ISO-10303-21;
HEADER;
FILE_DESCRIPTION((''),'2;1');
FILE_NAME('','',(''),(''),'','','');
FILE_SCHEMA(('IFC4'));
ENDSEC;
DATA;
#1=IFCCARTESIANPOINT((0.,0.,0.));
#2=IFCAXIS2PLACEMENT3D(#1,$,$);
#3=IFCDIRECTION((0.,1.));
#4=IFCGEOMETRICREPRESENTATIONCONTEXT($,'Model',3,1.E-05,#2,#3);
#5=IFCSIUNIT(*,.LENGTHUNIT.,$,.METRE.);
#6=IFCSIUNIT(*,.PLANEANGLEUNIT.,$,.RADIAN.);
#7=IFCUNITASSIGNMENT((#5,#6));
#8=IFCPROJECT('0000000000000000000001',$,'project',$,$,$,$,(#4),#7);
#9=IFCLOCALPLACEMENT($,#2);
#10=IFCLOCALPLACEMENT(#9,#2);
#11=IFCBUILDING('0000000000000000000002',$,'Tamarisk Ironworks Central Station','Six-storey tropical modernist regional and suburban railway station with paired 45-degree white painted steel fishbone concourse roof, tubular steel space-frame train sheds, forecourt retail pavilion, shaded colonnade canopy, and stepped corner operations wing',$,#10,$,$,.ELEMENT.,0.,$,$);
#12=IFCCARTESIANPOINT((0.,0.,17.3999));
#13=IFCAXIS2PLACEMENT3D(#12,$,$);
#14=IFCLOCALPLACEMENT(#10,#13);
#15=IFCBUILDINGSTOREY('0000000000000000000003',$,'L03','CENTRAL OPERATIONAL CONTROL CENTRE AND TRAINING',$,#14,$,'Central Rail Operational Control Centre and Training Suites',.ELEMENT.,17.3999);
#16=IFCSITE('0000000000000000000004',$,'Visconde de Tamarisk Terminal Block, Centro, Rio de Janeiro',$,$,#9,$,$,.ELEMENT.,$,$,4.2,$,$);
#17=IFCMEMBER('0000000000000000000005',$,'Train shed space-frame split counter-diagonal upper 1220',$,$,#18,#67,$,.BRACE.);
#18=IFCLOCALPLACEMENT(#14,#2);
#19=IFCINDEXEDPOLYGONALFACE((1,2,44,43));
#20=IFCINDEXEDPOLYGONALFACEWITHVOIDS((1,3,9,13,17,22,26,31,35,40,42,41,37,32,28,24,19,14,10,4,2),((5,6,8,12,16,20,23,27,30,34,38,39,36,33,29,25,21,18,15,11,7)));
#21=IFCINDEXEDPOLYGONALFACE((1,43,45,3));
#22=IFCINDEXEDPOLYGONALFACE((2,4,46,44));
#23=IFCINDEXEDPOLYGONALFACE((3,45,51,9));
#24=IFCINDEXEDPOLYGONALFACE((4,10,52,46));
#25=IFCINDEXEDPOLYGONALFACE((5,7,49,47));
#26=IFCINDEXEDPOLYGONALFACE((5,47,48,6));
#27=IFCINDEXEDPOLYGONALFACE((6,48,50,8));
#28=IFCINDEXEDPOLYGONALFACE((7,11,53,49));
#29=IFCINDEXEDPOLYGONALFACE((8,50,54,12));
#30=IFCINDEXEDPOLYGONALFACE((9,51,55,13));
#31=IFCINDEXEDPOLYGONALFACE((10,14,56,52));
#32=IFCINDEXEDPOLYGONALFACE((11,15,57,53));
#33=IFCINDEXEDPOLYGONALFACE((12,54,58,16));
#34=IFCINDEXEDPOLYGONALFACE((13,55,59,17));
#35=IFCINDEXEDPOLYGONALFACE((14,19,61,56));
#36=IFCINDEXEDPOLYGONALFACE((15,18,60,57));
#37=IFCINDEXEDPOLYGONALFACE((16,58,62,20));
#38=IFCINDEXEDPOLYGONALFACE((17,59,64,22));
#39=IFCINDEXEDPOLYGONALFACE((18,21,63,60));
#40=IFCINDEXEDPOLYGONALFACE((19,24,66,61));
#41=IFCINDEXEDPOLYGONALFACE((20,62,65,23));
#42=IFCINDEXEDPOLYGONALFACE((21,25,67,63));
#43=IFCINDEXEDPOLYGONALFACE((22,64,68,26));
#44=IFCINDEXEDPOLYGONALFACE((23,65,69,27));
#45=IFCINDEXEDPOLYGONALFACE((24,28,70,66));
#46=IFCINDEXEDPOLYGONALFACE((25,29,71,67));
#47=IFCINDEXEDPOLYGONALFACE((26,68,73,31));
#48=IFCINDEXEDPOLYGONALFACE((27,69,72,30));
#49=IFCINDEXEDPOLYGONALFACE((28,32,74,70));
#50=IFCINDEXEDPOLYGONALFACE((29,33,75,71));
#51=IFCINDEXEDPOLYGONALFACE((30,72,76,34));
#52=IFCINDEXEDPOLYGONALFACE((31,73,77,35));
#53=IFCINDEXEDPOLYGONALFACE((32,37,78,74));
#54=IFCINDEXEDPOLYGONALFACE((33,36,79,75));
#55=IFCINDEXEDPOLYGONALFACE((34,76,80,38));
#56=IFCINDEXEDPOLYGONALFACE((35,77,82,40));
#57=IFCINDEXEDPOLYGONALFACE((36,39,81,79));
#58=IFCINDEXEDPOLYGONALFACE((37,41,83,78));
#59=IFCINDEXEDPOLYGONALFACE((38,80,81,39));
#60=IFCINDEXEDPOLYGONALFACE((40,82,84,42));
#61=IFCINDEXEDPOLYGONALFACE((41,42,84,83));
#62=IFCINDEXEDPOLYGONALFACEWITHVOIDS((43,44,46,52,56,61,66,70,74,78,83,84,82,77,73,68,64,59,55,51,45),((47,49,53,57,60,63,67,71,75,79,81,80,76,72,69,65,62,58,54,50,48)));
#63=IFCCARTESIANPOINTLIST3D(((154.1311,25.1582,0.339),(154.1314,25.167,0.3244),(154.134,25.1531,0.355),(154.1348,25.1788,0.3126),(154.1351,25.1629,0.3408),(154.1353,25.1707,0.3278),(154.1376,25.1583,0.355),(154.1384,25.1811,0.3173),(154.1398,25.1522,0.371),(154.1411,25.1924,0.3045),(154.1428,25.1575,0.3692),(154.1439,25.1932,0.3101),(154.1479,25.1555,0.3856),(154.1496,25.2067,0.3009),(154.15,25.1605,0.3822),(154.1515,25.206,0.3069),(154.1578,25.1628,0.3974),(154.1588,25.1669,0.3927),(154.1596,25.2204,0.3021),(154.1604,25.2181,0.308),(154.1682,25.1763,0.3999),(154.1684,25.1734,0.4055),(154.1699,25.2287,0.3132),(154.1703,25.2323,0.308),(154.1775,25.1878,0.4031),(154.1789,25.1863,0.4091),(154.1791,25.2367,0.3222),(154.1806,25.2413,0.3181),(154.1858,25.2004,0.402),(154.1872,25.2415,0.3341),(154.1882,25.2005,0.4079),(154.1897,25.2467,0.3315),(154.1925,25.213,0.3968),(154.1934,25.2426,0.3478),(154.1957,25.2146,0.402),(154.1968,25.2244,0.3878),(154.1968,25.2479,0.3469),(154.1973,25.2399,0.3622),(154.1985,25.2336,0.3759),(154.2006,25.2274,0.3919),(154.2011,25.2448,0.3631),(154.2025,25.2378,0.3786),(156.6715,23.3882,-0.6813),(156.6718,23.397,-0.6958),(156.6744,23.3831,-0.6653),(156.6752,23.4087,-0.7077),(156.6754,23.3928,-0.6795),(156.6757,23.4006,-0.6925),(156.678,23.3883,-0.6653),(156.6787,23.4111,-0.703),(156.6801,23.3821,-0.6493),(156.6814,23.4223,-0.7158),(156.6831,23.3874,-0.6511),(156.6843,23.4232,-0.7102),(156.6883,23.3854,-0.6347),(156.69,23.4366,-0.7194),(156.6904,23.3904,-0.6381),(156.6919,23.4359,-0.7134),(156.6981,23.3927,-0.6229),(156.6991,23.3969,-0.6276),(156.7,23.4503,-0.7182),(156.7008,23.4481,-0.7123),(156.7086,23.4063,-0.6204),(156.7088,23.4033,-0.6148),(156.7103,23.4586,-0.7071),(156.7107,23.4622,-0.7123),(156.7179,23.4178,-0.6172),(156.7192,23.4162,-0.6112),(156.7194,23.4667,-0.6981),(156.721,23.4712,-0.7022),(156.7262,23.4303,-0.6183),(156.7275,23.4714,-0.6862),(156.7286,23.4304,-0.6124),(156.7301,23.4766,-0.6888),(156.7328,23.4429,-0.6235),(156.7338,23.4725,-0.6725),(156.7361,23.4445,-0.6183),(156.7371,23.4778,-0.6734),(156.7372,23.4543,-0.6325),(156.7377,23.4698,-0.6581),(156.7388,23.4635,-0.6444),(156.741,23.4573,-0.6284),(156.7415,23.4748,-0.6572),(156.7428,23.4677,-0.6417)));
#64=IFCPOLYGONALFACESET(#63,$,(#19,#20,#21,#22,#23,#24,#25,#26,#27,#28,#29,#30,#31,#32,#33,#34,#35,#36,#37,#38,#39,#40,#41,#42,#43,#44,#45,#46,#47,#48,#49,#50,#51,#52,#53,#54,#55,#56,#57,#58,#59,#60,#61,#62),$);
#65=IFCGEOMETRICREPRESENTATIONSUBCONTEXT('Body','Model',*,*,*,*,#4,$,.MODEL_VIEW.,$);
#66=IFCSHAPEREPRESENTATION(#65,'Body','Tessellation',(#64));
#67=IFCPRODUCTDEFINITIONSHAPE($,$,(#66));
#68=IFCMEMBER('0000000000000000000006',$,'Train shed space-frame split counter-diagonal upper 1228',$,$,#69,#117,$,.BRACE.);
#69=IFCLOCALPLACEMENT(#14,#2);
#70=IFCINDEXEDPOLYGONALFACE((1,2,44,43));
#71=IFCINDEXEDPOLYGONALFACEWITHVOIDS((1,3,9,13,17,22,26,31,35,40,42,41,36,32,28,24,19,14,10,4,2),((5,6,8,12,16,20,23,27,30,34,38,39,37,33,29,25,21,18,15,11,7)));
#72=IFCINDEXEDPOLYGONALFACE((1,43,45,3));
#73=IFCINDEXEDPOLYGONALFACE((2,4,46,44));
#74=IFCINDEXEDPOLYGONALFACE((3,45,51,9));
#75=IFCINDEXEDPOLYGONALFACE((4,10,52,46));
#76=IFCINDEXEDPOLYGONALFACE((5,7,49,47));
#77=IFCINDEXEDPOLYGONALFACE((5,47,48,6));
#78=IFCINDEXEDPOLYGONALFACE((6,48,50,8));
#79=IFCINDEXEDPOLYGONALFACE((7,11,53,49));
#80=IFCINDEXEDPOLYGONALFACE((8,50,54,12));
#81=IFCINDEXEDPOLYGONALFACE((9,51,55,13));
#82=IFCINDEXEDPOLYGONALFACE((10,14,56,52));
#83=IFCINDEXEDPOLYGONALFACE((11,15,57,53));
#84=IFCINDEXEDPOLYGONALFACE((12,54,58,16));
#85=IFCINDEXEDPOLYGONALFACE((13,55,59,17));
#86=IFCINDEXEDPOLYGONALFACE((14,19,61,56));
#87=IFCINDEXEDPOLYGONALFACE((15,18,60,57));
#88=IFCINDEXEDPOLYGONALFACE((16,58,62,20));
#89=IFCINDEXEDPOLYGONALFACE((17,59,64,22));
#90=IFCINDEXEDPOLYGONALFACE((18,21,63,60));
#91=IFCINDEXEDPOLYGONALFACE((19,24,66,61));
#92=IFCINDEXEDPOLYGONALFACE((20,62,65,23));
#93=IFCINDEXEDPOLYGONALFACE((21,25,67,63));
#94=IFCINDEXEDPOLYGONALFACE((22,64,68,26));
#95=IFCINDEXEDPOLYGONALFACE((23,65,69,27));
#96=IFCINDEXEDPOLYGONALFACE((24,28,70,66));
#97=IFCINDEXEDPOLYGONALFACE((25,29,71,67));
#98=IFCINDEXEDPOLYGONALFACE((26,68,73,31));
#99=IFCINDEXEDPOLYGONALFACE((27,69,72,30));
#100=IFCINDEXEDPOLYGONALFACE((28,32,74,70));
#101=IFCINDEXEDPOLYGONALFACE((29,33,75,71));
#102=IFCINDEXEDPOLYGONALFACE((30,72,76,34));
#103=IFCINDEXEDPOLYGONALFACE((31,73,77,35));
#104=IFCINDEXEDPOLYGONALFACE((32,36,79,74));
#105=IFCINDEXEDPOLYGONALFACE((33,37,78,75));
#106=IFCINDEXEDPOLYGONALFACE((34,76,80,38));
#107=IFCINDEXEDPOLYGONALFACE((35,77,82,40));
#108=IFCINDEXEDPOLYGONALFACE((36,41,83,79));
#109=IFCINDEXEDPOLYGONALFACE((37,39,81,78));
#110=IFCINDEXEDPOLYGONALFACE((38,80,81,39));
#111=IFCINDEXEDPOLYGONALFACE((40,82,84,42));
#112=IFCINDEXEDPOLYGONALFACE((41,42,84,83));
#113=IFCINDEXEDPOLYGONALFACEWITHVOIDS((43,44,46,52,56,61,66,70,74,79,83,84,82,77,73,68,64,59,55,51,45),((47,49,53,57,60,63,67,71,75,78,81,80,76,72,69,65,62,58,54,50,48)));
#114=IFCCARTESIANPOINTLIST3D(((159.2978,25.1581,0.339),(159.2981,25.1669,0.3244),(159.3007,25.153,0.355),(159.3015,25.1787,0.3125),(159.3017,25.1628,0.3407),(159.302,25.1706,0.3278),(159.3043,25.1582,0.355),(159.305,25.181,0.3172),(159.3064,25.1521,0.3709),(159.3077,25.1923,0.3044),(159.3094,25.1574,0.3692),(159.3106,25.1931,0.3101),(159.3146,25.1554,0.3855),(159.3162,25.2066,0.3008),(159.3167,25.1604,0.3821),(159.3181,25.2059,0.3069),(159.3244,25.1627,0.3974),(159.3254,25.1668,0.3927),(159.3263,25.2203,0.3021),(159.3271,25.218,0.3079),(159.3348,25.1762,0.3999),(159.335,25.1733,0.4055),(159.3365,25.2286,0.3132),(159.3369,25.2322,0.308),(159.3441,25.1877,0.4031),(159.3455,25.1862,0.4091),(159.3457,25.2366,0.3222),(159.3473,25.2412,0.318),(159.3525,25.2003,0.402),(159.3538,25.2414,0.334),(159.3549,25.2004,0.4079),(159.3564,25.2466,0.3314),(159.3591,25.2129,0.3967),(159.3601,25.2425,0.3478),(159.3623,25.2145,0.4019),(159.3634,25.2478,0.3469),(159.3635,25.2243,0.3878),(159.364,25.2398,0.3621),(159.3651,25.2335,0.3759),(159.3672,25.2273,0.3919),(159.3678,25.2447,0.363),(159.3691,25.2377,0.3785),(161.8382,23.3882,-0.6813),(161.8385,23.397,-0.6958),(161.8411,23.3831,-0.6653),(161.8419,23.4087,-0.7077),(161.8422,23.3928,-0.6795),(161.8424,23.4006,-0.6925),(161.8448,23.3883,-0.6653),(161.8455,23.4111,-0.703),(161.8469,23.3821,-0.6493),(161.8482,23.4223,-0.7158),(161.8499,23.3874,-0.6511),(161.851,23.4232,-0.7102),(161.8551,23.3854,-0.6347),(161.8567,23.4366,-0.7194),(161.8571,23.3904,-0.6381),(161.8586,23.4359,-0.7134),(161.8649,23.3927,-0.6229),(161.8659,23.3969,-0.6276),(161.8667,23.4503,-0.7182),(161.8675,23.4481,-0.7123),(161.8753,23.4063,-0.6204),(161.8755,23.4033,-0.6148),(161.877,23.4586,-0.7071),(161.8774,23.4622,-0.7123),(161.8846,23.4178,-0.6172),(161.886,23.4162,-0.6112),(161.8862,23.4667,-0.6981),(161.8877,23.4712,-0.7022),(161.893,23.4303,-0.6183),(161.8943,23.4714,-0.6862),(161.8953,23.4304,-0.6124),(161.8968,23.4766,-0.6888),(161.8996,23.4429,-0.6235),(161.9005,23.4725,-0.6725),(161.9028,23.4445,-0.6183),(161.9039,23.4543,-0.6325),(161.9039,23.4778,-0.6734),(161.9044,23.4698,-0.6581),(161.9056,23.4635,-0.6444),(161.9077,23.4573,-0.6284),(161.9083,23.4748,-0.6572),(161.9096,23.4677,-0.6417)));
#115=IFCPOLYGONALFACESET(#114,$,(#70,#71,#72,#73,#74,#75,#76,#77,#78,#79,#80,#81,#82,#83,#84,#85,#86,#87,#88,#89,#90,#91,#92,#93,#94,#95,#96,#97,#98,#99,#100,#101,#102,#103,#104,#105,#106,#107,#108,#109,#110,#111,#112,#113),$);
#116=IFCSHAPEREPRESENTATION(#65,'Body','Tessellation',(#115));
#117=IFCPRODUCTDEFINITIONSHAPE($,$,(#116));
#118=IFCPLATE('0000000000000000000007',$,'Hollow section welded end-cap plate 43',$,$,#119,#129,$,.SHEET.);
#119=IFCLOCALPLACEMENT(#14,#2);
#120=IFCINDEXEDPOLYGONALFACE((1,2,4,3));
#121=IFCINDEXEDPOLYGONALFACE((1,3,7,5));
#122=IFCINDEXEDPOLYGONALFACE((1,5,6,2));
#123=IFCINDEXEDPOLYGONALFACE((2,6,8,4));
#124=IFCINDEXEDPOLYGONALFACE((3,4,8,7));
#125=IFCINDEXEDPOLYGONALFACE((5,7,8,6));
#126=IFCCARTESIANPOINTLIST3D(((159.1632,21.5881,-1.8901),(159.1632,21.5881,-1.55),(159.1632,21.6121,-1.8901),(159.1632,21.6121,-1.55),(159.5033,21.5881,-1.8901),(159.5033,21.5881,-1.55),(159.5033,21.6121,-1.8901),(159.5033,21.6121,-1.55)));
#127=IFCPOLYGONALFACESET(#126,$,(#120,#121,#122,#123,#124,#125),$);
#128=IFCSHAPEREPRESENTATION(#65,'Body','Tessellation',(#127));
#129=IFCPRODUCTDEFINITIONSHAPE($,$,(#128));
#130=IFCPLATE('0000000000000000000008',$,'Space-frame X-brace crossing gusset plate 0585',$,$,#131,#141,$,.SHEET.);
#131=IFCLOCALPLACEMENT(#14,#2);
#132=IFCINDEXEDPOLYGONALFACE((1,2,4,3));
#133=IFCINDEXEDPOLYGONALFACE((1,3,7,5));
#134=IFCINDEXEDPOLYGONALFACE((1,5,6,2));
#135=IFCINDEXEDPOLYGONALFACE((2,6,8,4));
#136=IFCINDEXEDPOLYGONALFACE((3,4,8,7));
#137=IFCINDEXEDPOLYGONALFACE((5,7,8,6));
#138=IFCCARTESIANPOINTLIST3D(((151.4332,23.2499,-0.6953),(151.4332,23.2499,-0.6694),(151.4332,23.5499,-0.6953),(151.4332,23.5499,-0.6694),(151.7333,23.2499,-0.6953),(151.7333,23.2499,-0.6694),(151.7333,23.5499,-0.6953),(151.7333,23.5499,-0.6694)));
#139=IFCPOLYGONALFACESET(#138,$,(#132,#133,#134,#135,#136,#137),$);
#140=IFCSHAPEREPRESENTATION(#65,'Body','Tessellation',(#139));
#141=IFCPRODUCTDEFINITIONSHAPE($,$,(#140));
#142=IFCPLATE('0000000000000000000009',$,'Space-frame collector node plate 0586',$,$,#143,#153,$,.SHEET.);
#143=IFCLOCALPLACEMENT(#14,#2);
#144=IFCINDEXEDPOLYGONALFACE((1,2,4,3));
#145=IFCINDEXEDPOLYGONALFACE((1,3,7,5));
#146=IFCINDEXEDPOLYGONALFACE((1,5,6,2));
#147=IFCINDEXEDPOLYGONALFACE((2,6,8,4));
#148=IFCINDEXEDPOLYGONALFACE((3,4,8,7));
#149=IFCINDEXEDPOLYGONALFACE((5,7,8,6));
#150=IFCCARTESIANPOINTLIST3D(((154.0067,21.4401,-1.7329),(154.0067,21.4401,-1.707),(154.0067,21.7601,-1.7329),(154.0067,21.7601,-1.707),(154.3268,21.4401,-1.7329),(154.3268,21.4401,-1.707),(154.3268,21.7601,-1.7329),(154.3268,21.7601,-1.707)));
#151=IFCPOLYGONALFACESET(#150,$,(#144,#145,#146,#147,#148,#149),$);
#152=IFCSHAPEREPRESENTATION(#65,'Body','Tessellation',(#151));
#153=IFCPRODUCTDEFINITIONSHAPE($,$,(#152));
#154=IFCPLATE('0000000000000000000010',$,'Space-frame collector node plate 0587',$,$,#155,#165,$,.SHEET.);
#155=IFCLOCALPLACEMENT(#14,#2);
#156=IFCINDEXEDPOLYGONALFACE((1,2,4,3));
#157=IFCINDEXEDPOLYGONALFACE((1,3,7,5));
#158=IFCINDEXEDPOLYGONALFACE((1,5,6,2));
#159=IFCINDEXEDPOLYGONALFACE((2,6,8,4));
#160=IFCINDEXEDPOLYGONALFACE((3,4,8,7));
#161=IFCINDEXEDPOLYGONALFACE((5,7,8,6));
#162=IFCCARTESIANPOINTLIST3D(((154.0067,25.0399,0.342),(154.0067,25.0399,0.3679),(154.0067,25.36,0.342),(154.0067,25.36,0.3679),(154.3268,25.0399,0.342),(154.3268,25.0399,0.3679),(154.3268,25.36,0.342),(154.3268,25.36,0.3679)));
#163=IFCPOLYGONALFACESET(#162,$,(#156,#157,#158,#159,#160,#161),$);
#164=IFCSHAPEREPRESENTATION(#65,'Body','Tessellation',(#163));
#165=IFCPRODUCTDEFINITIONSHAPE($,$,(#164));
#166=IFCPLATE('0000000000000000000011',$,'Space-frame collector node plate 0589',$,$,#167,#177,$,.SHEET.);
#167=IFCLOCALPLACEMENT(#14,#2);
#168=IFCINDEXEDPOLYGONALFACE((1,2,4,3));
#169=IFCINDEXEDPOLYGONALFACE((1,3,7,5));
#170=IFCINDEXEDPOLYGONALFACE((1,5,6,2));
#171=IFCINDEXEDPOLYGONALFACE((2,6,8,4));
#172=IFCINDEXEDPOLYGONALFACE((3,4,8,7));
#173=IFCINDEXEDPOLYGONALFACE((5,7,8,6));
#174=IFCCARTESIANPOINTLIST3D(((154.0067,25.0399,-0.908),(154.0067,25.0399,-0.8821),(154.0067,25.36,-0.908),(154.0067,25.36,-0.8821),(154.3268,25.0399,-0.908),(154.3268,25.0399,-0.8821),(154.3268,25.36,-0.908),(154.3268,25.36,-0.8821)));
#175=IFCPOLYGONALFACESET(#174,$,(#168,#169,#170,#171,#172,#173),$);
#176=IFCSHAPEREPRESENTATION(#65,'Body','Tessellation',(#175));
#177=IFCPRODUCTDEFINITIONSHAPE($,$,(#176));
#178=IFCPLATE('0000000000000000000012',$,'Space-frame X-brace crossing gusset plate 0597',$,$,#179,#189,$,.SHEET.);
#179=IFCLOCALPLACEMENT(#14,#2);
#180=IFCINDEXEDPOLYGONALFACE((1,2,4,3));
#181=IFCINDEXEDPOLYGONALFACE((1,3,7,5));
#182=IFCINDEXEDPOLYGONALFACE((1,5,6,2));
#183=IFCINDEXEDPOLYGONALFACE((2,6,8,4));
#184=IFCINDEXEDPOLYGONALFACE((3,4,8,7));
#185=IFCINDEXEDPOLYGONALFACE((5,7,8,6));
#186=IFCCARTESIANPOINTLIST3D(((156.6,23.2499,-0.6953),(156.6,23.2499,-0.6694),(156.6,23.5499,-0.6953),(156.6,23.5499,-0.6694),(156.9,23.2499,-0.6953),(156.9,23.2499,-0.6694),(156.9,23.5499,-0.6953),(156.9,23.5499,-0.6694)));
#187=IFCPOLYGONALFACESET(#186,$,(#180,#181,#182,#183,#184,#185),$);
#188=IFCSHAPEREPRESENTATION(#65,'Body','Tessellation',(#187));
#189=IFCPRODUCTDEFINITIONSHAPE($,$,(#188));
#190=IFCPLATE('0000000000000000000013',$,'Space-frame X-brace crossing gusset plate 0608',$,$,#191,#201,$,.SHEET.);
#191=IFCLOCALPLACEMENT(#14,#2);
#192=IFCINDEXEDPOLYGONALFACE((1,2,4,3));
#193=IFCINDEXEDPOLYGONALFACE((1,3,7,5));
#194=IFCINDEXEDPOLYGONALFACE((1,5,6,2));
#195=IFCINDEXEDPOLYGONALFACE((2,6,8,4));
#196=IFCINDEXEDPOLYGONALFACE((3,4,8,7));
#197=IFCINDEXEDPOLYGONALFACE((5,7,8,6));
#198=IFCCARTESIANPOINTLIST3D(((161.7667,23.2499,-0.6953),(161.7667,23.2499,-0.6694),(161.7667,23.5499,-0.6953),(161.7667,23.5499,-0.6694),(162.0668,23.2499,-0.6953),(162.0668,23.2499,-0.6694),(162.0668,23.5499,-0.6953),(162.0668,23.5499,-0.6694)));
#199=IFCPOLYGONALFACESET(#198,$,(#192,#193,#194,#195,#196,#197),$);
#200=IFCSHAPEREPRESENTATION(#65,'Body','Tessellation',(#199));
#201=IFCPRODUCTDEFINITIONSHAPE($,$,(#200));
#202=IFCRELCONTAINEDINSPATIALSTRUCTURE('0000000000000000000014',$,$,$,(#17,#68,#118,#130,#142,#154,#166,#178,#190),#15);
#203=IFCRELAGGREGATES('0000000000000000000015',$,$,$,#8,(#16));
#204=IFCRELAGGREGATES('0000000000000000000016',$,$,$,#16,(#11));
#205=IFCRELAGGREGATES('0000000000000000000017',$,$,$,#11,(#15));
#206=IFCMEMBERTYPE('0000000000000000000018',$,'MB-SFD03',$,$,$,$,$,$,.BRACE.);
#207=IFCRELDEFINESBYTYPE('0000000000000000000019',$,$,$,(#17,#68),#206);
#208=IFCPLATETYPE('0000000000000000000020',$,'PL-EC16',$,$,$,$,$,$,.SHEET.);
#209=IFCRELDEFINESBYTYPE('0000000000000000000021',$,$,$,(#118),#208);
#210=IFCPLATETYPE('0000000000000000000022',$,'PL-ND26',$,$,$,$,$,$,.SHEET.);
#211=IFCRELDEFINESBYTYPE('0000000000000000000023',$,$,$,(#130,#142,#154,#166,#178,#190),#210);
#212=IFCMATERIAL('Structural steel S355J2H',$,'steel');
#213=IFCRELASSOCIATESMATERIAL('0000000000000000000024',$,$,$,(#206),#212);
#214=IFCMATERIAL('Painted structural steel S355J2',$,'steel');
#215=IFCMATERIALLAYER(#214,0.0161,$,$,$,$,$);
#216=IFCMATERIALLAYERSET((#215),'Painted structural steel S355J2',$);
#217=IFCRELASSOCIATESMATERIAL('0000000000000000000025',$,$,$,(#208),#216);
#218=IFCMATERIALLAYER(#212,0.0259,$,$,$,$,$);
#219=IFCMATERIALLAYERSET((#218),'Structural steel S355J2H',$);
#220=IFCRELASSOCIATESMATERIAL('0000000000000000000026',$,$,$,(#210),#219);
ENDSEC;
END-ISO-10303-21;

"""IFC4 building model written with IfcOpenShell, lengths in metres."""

from ifc_helpers import new_model, si_unit, direction, frame, origin, origin_2d, place, context, subcontext, project, spatial, rectangle, hollow_circle, extrude, material, layer, layer_set, material_profile, profile_set, type_object, element, save


model = new_model("IFC4")

# Units and contexts
model_context = context("Model", 3, precision=1e-05, world=origin(), true_north=direction((0.0, 1.0)))
body_context = subcontext(model_context, "Body", "Model", "MODEL_VIEW")
ifc_project = project(units=[si_unit("LENGTHUNIT", "METRE"), si_unit("PLANEANGLEUNIT", "RADIAN")], contexts=[model_context])

# Site, building, storey
site_placement = place(None, origin())
site = spatial("IfcSite", under=ifc_project, at=site_placement, Name="Visconde de Tamarisk Terminal Block, Centro, Rio de Janeiro", CompositionType="ELEMENT", RefElevation=4.2)
building_placement = place(site_placement, origin())
building = spatial("IfcBuilding", under=site, at=building_placement, Name="Tamarisk Ironworks Central Station", Description="Six-storey tropical modernist regional and suburban railway station with paired 45-degree white painted steel fishbone concourse roof, tubular steel space-frame train sheds, forecourt retail pavilion, shaded colonnade canopy, and stepped corner operations wing", CompositionType="ELEMENT", ElevationOfRefHeight=0.0)
storey_placement = place(building_placement, frame((0.0, 0.0, 17.3999)))
storey = spatial("IfcBuildingStorey", under=building, at=storey_placement, Name="L03", Description="CENTRAL OPERATIONAL CONTROL CENTRE AND TRAINING", LongName="Central Rail Operational Control Centre and Training Suites", CompositionType="ELEMENT", Elevation=17.3999)

# Members
ifc_material_1 = material(Name="Structural steel S355J2H", Category="steel")
ifc_material_profile_1 = material_profile(ifc_material_1, hollow_circle(Radius=0.0571, WallThickness=0.0063, at=origin_2d()), Name="CHS 114.3x6.3")
ifc_profile_set_1 = profile_set([ifc_material_profile_1], Name="Structural steel S355J2H")
member_type_1 = type_object("IfcMemberType", Name="MB-SFD03", PredefinedType="BRACE", material=ifc_profile_set_1)
for number, where, z_axis, x_axis, name in (
    (1, (156.707, 23.4299, -0.6653), (-0.779252, 0.542967, 0.312974), (-0.571688, -0.820471, 0.0), "Train shed space-frame split counter-diagonal upper 1220"),
    (2, (161.8738, 23.4299, -0.6653), (-0.779281, 0.542936, 0.312956), (-0.571651, -0.820497, 0.0), "Train shed space-frame split counter-diagonal upper 1228"),
):
    element("IfcMember", number, at=place(storey_placement, frame(where, z_axis=z_axis, x_axis=x_axis)), inside=storey, type_object=member_type_1, Name=name, PredefinedType="BRACE", context=body_context, shape_type="SweptSolid", body=[
        extrude(hollow_circle(Radius=0.0571, WallThickness=0.0063, at=origin_2d()), origin(), (0.0, 0.0, 1.0), 3.26),
    ])

# Plates
ifc_material_2 = material(Name="Painted structural steel S355J2", Category="steel")
ifc_layer_1 = layer(ifc_material_2, 0.0161)
ifc_layer_set_1 = layer_set([ifc_layer_1], Name="Painted structural steel S355J2")
plate_type_1 = type_object("IfcPlateType", Name="PL-EC16", PredefinedType="SHEET", material=ifc_layer_set_1)
plate_1_placement = place(storey_placement, frame((159.3333, 21.6001, -1.8901), z_axis=(0.0, 0.0, 1.0), x_axis=(1.0, 0.0, 0.0)))
element("IfcPlate", 3, at=plate_1_placement, inside=storey, type_object=plate_type_1, Name="Hollow section welded end-cap plate 43", PredefinedType="SHEET", context=body_context, shape_type="SweptSolid", body=[
    extrude(rectangle(XDim=0.3401, YDim=0.0239, at=origin_2d()), origin(), (0.0, 0.0, 1.0), 0.3401),
])
ifc_layer_2 = layer(ifc_material_1, 0.0259)
ifc_layer_set_2 = layer_set([ifc_layer_2], Name="Structural steel S355J2H")
plate_type_2 = type_object("IfcPlateType", Name="PL-ND26", PredefinedType="SHEET", material=ifc_layer_set_2)
plate_2_placement = place(storey_placement, frame((151.5833, 23.3999, -0.6953), z_axis=(0.0, 0.0, 1.0), x_axis=(1.0, 0.0, 0.0)))
element("IfcPlate", 4, at=plate_2_placement, inside=storey, type_object=plate_type_2, Name="Space-frame X-brace crossing gusset plate 0585", PredefinedType="SHEET", context=body_context, shape_type="SweptSolid", body=[
    extrude(rectangle(XDim=0.3, YDim=0.3, at=origin_2d()), origin(), (0.0, 0.0, 1.0), 0.0259),
])
for number, where, z_axis, x_axis, name in (
    (5, (154.1667, 21.6001, -1.7329), (0.0, 0.0, 1.0), (1.0, 0.0, 0.0), "Space-frame collector node plate 0586"),
    (6, (154.1667, 25.2, 0.342), (0.0, 0.0, 1.0), (1.0, 0.0, 0.0), "Space-frame collector node plate 0587"),
    (7, (154.1667, 25.2, -0.908), (0.0, 0.0, 1.0), (1.0, 0.0, 0.0), "Space-frame collector node plate 0589"),
):
    element("IfcPlate", number, at=place(storey_placement, frame(where, z_axis=z_axis, x_axis=x_axis)), inside=storey, type_object=plate_type_2, Name=name, PredefinedType="SHEET", context=body_context, shape_type="SweptSolid", body=[
        extrude(rectangle(XDim=0.3201, YDim=0.3201, at=origin_2d()), origin(), (0.0, 0.0, 1.0), 0.0259),
    ])
for number, where, z_axis, x_axis, name in (
    (8, (156.75, 23.3999, -0.6953), (0.0, 0.0, 1.0), (1.0, 0.0, 0.0), "Space-frame X-brace crossing gusset plate 0597"),
    (9, (161.9167, 23.3999, -0.6953), (0.0, 0.0, 1.0), (1.0, 0.0, 0.0), "Space-frame X-brace crossing gusset plate 0608"),
):
    element("IfcPlate", number, at=place(storey_placement, frame(where, z_axis=z_axis, x_axis=x_axis)), inside=storey, type_object=plate_type_2, Name=name, PredefinedType="SHEET", context=body_context, shape_type="SweptSolid", body=[
        extrude(rectangle(XDim=0.3, YDim=0.3, at=origin_2d()), origin(), (0.0, 0.0, 1.0), 0.0259),
    ])

save(model, "model.ifc")
